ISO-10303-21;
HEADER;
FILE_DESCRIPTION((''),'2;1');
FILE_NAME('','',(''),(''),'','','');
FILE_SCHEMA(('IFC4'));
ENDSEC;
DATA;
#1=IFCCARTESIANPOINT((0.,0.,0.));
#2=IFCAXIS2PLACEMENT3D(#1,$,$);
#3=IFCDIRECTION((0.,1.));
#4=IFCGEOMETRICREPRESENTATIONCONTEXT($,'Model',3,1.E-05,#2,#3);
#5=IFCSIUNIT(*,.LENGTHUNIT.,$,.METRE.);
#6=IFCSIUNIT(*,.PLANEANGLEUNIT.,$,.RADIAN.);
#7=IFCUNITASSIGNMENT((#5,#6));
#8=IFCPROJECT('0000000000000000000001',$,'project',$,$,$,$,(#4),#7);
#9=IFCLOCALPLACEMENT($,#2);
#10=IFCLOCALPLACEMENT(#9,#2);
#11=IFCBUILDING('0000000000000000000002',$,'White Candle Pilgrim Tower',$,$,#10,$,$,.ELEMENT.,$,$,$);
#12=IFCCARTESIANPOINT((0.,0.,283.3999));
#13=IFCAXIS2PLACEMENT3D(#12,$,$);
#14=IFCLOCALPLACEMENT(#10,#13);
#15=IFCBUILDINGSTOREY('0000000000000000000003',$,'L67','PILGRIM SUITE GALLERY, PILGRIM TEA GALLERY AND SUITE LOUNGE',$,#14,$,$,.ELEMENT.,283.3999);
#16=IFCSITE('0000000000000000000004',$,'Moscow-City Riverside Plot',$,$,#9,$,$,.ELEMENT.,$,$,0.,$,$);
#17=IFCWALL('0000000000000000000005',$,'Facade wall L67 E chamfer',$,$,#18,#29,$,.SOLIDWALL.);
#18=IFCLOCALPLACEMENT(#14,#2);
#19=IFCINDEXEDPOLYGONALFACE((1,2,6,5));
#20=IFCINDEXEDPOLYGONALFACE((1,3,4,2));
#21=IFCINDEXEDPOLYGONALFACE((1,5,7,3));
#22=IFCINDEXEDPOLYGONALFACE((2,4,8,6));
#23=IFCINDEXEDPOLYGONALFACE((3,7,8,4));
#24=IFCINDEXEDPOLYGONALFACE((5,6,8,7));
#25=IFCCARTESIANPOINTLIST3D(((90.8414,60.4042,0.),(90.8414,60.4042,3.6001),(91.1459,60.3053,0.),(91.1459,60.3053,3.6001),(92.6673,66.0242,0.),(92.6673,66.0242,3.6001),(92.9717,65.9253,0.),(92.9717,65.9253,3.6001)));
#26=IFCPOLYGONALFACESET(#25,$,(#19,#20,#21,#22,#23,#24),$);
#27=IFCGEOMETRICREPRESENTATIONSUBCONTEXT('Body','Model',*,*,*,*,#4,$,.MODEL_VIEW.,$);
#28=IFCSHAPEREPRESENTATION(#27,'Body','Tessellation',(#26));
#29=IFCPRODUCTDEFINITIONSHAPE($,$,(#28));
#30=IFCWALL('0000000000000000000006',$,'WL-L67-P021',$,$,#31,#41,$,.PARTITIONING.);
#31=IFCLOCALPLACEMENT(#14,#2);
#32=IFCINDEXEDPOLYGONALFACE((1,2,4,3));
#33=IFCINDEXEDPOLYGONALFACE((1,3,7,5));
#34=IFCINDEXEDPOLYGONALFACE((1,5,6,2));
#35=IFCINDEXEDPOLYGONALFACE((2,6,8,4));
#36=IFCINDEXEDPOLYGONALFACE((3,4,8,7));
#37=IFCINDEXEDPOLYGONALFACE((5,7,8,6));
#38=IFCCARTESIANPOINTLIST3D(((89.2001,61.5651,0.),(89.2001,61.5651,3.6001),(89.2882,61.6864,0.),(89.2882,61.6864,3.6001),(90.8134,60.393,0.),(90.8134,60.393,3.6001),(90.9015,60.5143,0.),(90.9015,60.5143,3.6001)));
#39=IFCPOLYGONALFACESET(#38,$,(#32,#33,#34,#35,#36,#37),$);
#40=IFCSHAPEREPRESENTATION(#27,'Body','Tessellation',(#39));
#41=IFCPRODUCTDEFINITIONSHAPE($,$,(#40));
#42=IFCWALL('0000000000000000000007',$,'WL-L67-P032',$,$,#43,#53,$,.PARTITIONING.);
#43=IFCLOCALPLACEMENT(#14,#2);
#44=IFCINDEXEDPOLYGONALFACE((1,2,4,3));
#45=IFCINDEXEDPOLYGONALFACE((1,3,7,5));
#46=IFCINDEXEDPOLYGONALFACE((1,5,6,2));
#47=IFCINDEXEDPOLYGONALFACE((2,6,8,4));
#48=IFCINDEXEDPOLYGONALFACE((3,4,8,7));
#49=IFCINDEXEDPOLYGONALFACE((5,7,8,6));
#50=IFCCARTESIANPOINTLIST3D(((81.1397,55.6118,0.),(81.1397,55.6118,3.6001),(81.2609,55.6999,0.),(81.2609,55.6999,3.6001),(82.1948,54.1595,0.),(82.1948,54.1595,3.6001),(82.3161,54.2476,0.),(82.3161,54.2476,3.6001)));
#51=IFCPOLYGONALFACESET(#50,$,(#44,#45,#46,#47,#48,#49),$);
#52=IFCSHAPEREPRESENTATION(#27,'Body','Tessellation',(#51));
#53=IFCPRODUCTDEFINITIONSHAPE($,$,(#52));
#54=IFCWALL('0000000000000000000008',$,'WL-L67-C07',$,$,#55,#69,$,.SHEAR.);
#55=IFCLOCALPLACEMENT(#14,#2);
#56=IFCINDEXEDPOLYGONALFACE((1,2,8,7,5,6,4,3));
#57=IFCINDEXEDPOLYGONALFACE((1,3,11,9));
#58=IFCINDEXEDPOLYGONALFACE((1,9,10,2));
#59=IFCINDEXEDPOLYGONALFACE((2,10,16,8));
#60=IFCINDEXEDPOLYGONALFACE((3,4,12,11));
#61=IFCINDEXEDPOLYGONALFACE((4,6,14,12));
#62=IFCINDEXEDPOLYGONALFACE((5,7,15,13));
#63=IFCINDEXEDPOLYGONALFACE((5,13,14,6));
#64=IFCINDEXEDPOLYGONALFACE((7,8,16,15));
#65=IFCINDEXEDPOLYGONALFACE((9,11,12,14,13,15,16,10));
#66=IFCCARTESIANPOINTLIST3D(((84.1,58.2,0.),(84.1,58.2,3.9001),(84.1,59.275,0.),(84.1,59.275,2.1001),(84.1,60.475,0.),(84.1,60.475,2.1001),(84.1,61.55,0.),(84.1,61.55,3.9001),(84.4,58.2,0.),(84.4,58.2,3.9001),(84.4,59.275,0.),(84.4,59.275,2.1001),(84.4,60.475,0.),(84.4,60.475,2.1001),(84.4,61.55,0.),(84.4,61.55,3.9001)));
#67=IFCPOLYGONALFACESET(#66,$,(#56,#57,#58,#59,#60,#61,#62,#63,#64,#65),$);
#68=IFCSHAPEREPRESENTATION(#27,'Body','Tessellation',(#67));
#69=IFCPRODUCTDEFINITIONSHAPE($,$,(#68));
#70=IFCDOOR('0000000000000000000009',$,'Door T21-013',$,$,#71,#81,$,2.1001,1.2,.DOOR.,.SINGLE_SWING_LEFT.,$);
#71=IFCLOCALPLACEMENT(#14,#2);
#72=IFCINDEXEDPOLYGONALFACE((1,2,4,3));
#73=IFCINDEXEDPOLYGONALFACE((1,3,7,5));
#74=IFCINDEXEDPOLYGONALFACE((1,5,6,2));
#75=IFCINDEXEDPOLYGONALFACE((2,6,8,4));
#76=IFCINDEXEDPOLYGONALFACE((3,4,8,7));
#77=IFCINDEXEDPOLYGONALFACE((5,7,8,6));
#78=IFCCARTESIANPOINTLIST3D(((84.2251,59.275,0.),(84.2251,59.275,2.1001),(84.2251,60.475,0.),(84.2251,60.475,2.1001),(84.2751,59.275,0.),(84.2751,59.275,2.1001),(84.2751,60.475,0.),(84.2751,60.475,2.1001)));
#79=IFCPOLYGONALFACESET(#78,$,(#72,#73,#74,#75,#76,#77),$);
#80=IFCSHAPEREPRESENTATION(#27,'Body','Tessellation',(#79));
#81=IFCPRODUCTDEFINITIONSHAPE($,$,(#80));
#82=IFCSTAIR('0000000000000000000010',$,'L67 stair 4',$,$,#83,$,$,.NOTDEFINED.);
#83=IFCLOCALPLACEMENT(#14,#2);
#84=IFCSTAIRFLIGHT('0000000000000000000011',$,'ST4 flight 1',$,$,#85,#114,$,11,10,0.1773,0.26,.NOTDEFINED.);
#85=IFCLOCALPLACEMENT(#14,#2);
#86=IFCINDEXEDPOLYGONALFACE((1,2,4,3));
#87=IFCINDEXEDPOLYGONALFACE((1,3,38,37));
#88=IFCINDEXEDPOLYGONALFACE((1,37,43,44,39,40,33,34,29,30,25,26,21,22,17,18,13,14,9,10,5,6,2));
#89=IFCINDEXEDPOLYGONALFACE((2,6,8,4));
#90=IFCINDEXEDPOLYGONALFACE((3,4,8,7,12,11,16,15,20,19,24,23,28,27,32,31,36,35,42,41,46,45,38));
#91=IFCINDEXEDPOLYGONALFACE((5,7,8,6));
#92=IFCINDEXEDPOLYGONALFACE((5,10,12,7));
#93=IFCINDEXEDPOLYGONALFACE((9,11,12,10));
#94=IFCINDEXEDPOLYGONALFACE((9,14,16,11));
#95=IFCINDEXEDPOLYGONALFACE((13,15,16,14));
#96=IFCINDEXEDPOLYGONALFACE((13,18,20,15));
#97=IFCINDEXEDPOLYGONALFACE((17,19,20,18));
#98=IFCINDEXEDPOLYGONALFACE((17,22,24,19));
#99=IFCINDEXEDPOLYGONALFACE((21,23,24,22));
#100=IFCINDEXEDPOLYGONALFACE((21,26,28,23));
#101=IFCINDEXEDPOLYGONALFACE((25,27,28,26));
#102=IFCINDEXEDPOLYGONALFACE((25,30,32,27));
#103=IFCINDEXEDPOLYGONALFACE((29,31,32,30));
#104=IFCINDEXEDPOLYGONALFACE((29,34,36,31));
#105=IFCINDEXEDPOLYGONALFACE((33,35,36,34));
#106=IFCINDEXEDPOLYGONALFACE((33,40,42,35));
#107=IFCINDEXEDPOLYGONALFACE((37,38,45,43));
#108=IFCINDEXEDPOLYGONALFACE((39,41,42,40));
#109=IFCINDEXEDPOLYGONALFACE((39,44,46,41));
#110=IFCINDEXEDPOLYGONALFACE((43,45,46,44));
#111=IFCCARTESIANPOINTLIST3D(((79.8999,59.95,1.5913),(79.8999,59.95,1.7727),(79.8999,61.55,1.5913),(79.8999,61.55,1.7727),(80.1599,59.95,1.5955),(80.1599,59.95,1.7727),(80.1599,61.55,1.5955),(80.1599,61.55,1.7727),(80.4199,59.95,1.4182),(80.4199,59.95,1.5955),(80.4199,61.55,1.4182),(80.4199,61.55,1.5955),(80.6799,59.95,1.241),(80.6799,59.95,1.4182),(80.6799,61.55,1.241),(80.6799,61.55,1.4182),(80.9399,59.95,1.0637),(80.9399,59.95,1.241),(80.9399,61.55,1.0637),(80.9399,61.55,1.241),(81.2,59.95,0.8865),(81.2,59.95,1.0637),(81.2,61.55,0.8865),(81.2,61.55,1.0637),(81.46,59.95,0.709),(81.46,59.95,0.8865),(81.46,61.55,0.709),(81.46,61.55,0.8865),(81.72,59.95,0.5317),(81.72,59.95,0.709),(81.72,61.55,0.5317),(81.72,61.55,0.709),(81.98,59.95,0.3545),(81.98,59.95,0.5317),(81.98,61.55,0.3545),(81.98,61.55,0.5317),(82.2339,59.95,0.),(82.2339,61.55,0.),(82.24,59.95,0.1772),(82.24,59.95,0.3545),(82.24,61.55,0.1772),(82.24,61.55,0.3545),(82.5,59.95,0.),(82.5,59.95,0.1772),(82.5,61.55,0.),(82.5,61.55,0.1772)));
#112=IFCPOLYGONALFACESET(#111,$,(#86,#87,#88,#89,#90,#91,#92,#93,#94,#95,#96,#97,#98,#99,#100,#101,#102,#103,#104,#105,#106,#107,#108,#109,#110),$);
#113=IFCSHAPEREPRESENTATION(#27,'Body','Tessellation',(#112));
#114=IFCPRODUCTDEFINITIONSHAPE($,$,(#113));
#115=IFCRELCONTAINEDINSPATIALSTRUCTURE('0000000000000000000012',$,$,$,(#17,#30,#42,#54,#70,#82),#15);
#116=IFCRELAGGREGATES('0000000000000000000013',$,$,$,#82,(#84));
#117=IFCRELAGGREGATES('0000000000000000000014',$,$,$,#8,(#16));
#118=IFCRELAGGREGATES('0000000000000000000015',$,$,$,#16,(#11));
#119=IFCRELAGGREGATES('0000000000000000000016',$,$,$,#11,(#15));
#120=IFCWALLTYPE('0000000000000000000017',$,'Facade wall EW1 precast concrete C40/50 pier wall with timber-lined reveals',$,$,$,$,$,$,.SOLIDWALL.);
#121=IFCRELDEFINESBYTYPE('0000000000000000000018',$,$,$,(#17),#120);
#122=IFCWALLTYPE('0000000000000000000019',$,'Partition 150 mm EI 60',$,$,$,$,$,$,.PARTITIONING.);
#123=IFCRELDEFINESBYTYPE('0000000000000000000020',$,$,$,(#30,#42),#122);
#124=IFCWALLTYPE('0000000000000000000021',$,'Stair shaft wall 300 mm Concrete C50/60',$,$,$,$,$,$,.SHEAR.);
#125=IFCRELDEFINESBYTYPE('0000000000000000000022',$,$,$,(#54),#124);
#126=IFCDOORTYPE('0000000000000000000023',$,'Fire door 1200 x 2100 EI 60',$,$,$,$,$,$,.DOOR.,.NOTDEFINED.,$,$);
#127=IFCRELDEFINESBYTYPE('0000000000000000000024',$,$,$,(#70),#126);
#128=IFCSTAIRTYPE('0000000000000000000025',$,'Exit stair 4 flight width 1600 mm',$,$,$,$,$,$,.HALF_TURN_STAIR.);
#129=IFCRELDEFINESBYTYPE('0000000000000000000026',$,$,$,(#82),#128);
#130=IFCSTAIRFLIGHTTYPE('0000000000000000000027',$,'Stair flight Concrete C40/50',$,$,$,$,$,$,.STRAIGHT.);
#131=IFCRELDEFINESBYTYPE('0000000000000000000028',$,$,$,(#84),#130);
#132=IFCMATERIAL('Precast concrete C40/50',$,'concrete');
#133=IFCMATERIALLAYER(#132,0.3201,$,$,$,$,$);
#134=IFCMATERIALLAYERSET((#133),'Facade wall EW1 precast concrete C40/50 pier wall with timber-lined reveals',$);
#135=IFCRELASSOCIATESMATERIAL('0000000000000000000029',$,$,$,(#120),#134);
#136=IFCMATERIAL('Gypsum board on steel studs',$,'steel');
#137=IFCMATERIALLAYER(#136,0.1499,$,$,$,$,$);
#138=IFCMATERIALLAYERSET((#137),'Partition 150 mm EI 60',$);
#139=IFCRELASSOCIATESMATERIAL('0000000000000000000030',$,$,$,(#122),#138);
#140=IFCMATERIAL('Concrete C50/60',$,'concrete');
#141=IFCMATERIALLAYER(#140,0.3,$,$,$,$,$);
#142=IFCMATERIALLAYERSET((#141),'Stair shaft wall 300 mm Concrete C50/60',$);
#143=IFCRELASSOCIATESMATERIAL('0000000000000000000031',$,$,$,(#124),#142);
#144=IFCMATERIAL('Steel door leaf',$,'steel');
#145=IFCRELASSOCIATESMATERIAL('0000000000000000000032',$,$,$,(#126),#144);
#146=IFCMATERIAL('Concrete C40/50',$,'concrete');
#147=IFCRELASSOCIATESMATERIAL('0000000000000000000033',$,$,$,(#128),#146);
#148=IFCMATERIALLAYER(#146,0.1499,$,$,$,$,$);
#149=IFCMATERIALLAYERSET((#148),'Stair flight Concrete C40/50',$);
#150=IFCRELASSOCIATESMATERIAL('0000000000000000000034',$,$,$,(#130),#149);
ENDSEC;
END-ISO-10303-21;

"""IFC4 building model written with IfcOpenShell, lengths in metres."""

from ifc_helpers import new_model, si_unit, direction, frame, frame_2d, origin, place, context, subcontext, project, spatial, polyline, rectangle, outline, extrude, material, layer, layer_set, type_object, element, fill, aggregate, save


model = new_model("IFC4")

# Units and contexts
model_context = context("Model", 3, precision=1e-05, world=origin(), true_north=direction((0.0, 1.0)))
body_context = subcontext(model_context, "Body", "Model", "MODEL_VIEW")
ifc_project = project(units=[si_unit("LENGTHUNIT", "METRE"), si_unit("PLANEANGLEUNIT", "RADIAN")], contexts=[model_context])

# Site, building, storey
site_placement = place(None, origin())
site = spatial("IfcSite", under=ifc_project, at=site_placement, Name="Moscow-City Riverside Plot", CompositionType="ELEMENT", RefElevation=0.0)
building_placement = place(site_placement, origin())
building = spatial("IfcBuilding", under=site, at=building_placement, Name="White Candle Pilgrim Tower", CompositionType="ELEMENT")
storey_placement = place(building_placement, frame((0.0, 0.0, 283.3999)))
storey = spatial("IfcBuildingStorey", under=building, at=storey_placement, Name="L67", Description="PILGRIM SUITE GALLERY, PILGRIM TEA GALLERY AND SUITE LOUNGE", CompositionType="ELEMENT", Elevation=283.3999)

# Shared definitions
ifc_material_1 = material(Name="Concrete C50/60", Category="concrete")

# Shared definitions
ifc_material_2 = material(Name="Gypsum board on steel studs", Category="steel")
ifc_material_3 = material(Name="Steel door leaf", Category="steel")

# Walls
ifc_material_4 = material(Name="Precast concrete C40/50", Category="concrete")
ifc_layer_1 = layer(ifc_material_4, 0.3201)
ifc_layer_set_1 = layer_set([ifc_layer_1], Name="Facade wall EW1 precast concrete C40/50 pier wall with timber-lined reveals")
wall_type_1 = type_object("IfcWallType", Name="Facade wall EW1 precast concrete C40/50 pier wall with timber-lined reveals", PredefinedType="SOLIDWALL", material=ifc_layer_set_1)
wall_1_placement = place(storey_placement, frame((90.9937, 60.3547, 0.0), z_axis=(0.0, 0.0, 1.0), x_axis=(0.308993, 0.951064, 0.0)))
element("IfcWall", 1, at=wall_1_placement, inside=storey, type_object=wall_type_1, Name="Facade wall L67 E chamfer", PredefinedType="SOLIDWALL", context=body_context, shape_type="SweptSolid", body=[
    extrude(rectangle(XDim=5.9092, YDim=0.3201, at=frame_2d((2.9546, 0.0))), origin(), (0.0, 0.0, 1.0), 3.6001),
])
ifc_layer_2 = layer(ifc_material_2, 0.1499)
ifc_layer_set_2 = layer_set([ifc_layer_2], Name="Partition 150 mm EI 60")
wall_type_2 = type_object("IfcWallType", Name="Partition 150 mm EI 60", PredefinedType="PARTITIONING", material=ifc_layer_set_2)
wall_2_placement = place(storey_placement, frame((90.8574, 60.4536, 0.0), z_axis=(0.0, 0.0, 1.0), x_axis=(-0.809017, 0.587786, 0.0)))
element("IfcWall", 2, at=wall_2_placement, inside=storey, type_object=wall_type_2, Name="WL-L67-P021", PredefinedType="PARTITIONING", context=body_context, shape_type="SweptSolid", body=[
    extrude(rectangle(XDim=1.9941, YDim=0.1499, at=frame_2d((0.9971, 0.0))), origin(), (0.0, 0.0, 1.0), 3.6001),
])
wall_3_placement = place(storey_placement, frame((82.2554, 54.2036, 0.0), z_axis=(0.0, 0.0, 1.0), x_axis=(-0.587767, 0.80903, 0.0)))
element("IfcWall", 3, at=wall_3_placement, inside=storey, type_object=wall_type_2, Name="WL-L67-P032", PredefinedType="PARTITIONING", context=body_context, shape_type="SweptSolid", body=[
    extrude(rectangle(XDim=1.7952, YDim=0.1499, at=frame_2d((0.8975, 0.0))), origin(), (0.0, 0.0, 1.0), 3.6001),
])

# Wall, opening, door
ifc_layer_3 = layer(ifc_material_1, 0.3)
ifc_layer_set_3 = layer_set([ifc_layer_3], Name="Stair shaft wall 300 mm Concrete C50/60")
wall_type_3 = type_object("IfcWallType", Name="Stair shaft wall 300 mm Concrete C50/60", PredefinedType="SHEAR", material=ifc_layer_set_3)
wall_4_placement = place(storey_placement, frame((84.25, 58.2, 0.0), z_axis=(0.0, 0.0, 1.0), x_axis=(0.0, 1.0, 0.0)))
wall_4 = element("IfcWall", 4, at=wall_4_placement, inside=storey, type_object=wall_type_3, Name="WL-L67-C07", PredefinedType="SHEAR", context=body_context, shape_type="SweptSolid", body=[
    extrude(rectangle(XDim=3.3501, YDim=0.3, at=frame_2d((1.675, 0.0))), origin(), (0.0, 0.0, 1.0), 3.9001),
])
opening_1_placement = place(wall_4_placement, frame((1.075, 0.0, 0.0)))
opening_1 = element("IfcOpeningElement", 5, at=opening_1_placement, cuts=wall_4, PredefinedType="OPENING", context=body_context, shape_type="SweptSolid", body=[
    extrude(rectangle(XDim=1.2, YDim=2.1001, at=frame_2d((0.6001, 1.05))), frame((0.0, 0.1599, 0.0), z_axis=(0.0, -1.0, 0.0), x_axis=(1.0, 0.0, 0.0)), (0.0, 0.0, 1.0), 0.3201),
])
door_type_1 = type_object("IfcDoorType", Name="Fire door 1200 x 2100 EI 60", OperationType="NOTDEFINED", PredefinedType="DOOR", material=ifc_material_3)
door_1_placement = place(opening_1_placement, origin())
door_1 = element("IfcDoor", 6, at=door_1_placement, inside=storey, type_object=door_type_1, Name="Door T21-013", OperationType="SINGLE_SWING_LEFT", OverallHeight=2.1001, OverallWidth=1.2, PredefinedType="DOOR", context=body_context, shape_type="SweptSolid", body=[
    extrude(rectangle(XDim=1.2, YDim=2.1001, at=frame_2d((0.6001, 1.05))), frame((0.0, 0.0249, 0.0), z_axis=(0.0, -1.0, 0.0), x_axis=(1.0, 0.0, 0.0)), (0.0, 0.0, 1.0), 0.05),
])
fill(opening_1, door_1)

# Stair, stair flight
ifc_material_5 = material(Name="Concrete C40/50", Category="concrete")
stair_type = type_object("IfcStairType", Name="Exit stair 4 flight width 1600 mm", PredefinedType="HALF_TURN_STAIR", material=ifc_material_5)
stair_placement = place(storey_placement, origin())
stair = element("IfcStair", 7, at=stair_placement, inside=storey, type_object=stair_type, Name="L67 stair 4", PredefinedType="NOTDEFINED")
ifc_layer_4 = layer(ifc_material_5, 0.1499)
ifc_layer_set_4 = layer_set([ifc_layer_4], Name="Stair flight Concrete C40/50")
stair_flight_type = type_object("IfcStairFlightType", Name="Stair flight Concrete C40/50", PredefinedType="STRAIGHT", material=ifc_layer_set_4)
stair_flight_placement = place(storey_placement, frame((82.5, 60.75, 0.0), z_axis=(0.0, 0.0, 1.0), x_axis=(-1.0, 0.0, 0.0)))
stair_flight = element("IfcStairFlight", 8, at=stair_flight_placement, type_object=stair_flight_type, Name="ST4 flight 1", NumberOfRisers=11, NumberOfTreads=10, PredefinedType="NOTDEFINED", RiserHeight=0.1773, TreadLength=0.26, context=body_context, shape_type="SweptSolid", body=[
    extrude(outline(polyline([(0.0, 0.0), (0.0, 0.1772), (0.26, 0.1772), (0.26, 0.3545), (0.52, 0.3545), (0.52, 0.5317), (0.78, 0.5317), (0.78, 0.709), (1.04, 0.709), (1.04, 0.8865), (1.3, 0.8865), (1.3, 1.0637), (1.5601, 1.0637), (1.5601, 1.241), (1.8201, 1.241), (1.8201, 1.4182), (2.0801, 1.4182), (2.0801, 1.5955), (2.3401, 1.5955), (2.3401, 1.7727), (2.6001, 1.7727), (2.6001, 1.95), (2.6001, 1.5913), (0.2661, 0.0), (0.0, 0.0)])), frame((0.0, 0.8, 0.0), z_axis=(0.0, -1.0, 0.0), x_axis=(1.0, 0.0, 0.0)), (0.0, 0.0, 1.0), 1.6001),
])
aggregate(stair, [stair_flight])

save(model, "model.ifc")
